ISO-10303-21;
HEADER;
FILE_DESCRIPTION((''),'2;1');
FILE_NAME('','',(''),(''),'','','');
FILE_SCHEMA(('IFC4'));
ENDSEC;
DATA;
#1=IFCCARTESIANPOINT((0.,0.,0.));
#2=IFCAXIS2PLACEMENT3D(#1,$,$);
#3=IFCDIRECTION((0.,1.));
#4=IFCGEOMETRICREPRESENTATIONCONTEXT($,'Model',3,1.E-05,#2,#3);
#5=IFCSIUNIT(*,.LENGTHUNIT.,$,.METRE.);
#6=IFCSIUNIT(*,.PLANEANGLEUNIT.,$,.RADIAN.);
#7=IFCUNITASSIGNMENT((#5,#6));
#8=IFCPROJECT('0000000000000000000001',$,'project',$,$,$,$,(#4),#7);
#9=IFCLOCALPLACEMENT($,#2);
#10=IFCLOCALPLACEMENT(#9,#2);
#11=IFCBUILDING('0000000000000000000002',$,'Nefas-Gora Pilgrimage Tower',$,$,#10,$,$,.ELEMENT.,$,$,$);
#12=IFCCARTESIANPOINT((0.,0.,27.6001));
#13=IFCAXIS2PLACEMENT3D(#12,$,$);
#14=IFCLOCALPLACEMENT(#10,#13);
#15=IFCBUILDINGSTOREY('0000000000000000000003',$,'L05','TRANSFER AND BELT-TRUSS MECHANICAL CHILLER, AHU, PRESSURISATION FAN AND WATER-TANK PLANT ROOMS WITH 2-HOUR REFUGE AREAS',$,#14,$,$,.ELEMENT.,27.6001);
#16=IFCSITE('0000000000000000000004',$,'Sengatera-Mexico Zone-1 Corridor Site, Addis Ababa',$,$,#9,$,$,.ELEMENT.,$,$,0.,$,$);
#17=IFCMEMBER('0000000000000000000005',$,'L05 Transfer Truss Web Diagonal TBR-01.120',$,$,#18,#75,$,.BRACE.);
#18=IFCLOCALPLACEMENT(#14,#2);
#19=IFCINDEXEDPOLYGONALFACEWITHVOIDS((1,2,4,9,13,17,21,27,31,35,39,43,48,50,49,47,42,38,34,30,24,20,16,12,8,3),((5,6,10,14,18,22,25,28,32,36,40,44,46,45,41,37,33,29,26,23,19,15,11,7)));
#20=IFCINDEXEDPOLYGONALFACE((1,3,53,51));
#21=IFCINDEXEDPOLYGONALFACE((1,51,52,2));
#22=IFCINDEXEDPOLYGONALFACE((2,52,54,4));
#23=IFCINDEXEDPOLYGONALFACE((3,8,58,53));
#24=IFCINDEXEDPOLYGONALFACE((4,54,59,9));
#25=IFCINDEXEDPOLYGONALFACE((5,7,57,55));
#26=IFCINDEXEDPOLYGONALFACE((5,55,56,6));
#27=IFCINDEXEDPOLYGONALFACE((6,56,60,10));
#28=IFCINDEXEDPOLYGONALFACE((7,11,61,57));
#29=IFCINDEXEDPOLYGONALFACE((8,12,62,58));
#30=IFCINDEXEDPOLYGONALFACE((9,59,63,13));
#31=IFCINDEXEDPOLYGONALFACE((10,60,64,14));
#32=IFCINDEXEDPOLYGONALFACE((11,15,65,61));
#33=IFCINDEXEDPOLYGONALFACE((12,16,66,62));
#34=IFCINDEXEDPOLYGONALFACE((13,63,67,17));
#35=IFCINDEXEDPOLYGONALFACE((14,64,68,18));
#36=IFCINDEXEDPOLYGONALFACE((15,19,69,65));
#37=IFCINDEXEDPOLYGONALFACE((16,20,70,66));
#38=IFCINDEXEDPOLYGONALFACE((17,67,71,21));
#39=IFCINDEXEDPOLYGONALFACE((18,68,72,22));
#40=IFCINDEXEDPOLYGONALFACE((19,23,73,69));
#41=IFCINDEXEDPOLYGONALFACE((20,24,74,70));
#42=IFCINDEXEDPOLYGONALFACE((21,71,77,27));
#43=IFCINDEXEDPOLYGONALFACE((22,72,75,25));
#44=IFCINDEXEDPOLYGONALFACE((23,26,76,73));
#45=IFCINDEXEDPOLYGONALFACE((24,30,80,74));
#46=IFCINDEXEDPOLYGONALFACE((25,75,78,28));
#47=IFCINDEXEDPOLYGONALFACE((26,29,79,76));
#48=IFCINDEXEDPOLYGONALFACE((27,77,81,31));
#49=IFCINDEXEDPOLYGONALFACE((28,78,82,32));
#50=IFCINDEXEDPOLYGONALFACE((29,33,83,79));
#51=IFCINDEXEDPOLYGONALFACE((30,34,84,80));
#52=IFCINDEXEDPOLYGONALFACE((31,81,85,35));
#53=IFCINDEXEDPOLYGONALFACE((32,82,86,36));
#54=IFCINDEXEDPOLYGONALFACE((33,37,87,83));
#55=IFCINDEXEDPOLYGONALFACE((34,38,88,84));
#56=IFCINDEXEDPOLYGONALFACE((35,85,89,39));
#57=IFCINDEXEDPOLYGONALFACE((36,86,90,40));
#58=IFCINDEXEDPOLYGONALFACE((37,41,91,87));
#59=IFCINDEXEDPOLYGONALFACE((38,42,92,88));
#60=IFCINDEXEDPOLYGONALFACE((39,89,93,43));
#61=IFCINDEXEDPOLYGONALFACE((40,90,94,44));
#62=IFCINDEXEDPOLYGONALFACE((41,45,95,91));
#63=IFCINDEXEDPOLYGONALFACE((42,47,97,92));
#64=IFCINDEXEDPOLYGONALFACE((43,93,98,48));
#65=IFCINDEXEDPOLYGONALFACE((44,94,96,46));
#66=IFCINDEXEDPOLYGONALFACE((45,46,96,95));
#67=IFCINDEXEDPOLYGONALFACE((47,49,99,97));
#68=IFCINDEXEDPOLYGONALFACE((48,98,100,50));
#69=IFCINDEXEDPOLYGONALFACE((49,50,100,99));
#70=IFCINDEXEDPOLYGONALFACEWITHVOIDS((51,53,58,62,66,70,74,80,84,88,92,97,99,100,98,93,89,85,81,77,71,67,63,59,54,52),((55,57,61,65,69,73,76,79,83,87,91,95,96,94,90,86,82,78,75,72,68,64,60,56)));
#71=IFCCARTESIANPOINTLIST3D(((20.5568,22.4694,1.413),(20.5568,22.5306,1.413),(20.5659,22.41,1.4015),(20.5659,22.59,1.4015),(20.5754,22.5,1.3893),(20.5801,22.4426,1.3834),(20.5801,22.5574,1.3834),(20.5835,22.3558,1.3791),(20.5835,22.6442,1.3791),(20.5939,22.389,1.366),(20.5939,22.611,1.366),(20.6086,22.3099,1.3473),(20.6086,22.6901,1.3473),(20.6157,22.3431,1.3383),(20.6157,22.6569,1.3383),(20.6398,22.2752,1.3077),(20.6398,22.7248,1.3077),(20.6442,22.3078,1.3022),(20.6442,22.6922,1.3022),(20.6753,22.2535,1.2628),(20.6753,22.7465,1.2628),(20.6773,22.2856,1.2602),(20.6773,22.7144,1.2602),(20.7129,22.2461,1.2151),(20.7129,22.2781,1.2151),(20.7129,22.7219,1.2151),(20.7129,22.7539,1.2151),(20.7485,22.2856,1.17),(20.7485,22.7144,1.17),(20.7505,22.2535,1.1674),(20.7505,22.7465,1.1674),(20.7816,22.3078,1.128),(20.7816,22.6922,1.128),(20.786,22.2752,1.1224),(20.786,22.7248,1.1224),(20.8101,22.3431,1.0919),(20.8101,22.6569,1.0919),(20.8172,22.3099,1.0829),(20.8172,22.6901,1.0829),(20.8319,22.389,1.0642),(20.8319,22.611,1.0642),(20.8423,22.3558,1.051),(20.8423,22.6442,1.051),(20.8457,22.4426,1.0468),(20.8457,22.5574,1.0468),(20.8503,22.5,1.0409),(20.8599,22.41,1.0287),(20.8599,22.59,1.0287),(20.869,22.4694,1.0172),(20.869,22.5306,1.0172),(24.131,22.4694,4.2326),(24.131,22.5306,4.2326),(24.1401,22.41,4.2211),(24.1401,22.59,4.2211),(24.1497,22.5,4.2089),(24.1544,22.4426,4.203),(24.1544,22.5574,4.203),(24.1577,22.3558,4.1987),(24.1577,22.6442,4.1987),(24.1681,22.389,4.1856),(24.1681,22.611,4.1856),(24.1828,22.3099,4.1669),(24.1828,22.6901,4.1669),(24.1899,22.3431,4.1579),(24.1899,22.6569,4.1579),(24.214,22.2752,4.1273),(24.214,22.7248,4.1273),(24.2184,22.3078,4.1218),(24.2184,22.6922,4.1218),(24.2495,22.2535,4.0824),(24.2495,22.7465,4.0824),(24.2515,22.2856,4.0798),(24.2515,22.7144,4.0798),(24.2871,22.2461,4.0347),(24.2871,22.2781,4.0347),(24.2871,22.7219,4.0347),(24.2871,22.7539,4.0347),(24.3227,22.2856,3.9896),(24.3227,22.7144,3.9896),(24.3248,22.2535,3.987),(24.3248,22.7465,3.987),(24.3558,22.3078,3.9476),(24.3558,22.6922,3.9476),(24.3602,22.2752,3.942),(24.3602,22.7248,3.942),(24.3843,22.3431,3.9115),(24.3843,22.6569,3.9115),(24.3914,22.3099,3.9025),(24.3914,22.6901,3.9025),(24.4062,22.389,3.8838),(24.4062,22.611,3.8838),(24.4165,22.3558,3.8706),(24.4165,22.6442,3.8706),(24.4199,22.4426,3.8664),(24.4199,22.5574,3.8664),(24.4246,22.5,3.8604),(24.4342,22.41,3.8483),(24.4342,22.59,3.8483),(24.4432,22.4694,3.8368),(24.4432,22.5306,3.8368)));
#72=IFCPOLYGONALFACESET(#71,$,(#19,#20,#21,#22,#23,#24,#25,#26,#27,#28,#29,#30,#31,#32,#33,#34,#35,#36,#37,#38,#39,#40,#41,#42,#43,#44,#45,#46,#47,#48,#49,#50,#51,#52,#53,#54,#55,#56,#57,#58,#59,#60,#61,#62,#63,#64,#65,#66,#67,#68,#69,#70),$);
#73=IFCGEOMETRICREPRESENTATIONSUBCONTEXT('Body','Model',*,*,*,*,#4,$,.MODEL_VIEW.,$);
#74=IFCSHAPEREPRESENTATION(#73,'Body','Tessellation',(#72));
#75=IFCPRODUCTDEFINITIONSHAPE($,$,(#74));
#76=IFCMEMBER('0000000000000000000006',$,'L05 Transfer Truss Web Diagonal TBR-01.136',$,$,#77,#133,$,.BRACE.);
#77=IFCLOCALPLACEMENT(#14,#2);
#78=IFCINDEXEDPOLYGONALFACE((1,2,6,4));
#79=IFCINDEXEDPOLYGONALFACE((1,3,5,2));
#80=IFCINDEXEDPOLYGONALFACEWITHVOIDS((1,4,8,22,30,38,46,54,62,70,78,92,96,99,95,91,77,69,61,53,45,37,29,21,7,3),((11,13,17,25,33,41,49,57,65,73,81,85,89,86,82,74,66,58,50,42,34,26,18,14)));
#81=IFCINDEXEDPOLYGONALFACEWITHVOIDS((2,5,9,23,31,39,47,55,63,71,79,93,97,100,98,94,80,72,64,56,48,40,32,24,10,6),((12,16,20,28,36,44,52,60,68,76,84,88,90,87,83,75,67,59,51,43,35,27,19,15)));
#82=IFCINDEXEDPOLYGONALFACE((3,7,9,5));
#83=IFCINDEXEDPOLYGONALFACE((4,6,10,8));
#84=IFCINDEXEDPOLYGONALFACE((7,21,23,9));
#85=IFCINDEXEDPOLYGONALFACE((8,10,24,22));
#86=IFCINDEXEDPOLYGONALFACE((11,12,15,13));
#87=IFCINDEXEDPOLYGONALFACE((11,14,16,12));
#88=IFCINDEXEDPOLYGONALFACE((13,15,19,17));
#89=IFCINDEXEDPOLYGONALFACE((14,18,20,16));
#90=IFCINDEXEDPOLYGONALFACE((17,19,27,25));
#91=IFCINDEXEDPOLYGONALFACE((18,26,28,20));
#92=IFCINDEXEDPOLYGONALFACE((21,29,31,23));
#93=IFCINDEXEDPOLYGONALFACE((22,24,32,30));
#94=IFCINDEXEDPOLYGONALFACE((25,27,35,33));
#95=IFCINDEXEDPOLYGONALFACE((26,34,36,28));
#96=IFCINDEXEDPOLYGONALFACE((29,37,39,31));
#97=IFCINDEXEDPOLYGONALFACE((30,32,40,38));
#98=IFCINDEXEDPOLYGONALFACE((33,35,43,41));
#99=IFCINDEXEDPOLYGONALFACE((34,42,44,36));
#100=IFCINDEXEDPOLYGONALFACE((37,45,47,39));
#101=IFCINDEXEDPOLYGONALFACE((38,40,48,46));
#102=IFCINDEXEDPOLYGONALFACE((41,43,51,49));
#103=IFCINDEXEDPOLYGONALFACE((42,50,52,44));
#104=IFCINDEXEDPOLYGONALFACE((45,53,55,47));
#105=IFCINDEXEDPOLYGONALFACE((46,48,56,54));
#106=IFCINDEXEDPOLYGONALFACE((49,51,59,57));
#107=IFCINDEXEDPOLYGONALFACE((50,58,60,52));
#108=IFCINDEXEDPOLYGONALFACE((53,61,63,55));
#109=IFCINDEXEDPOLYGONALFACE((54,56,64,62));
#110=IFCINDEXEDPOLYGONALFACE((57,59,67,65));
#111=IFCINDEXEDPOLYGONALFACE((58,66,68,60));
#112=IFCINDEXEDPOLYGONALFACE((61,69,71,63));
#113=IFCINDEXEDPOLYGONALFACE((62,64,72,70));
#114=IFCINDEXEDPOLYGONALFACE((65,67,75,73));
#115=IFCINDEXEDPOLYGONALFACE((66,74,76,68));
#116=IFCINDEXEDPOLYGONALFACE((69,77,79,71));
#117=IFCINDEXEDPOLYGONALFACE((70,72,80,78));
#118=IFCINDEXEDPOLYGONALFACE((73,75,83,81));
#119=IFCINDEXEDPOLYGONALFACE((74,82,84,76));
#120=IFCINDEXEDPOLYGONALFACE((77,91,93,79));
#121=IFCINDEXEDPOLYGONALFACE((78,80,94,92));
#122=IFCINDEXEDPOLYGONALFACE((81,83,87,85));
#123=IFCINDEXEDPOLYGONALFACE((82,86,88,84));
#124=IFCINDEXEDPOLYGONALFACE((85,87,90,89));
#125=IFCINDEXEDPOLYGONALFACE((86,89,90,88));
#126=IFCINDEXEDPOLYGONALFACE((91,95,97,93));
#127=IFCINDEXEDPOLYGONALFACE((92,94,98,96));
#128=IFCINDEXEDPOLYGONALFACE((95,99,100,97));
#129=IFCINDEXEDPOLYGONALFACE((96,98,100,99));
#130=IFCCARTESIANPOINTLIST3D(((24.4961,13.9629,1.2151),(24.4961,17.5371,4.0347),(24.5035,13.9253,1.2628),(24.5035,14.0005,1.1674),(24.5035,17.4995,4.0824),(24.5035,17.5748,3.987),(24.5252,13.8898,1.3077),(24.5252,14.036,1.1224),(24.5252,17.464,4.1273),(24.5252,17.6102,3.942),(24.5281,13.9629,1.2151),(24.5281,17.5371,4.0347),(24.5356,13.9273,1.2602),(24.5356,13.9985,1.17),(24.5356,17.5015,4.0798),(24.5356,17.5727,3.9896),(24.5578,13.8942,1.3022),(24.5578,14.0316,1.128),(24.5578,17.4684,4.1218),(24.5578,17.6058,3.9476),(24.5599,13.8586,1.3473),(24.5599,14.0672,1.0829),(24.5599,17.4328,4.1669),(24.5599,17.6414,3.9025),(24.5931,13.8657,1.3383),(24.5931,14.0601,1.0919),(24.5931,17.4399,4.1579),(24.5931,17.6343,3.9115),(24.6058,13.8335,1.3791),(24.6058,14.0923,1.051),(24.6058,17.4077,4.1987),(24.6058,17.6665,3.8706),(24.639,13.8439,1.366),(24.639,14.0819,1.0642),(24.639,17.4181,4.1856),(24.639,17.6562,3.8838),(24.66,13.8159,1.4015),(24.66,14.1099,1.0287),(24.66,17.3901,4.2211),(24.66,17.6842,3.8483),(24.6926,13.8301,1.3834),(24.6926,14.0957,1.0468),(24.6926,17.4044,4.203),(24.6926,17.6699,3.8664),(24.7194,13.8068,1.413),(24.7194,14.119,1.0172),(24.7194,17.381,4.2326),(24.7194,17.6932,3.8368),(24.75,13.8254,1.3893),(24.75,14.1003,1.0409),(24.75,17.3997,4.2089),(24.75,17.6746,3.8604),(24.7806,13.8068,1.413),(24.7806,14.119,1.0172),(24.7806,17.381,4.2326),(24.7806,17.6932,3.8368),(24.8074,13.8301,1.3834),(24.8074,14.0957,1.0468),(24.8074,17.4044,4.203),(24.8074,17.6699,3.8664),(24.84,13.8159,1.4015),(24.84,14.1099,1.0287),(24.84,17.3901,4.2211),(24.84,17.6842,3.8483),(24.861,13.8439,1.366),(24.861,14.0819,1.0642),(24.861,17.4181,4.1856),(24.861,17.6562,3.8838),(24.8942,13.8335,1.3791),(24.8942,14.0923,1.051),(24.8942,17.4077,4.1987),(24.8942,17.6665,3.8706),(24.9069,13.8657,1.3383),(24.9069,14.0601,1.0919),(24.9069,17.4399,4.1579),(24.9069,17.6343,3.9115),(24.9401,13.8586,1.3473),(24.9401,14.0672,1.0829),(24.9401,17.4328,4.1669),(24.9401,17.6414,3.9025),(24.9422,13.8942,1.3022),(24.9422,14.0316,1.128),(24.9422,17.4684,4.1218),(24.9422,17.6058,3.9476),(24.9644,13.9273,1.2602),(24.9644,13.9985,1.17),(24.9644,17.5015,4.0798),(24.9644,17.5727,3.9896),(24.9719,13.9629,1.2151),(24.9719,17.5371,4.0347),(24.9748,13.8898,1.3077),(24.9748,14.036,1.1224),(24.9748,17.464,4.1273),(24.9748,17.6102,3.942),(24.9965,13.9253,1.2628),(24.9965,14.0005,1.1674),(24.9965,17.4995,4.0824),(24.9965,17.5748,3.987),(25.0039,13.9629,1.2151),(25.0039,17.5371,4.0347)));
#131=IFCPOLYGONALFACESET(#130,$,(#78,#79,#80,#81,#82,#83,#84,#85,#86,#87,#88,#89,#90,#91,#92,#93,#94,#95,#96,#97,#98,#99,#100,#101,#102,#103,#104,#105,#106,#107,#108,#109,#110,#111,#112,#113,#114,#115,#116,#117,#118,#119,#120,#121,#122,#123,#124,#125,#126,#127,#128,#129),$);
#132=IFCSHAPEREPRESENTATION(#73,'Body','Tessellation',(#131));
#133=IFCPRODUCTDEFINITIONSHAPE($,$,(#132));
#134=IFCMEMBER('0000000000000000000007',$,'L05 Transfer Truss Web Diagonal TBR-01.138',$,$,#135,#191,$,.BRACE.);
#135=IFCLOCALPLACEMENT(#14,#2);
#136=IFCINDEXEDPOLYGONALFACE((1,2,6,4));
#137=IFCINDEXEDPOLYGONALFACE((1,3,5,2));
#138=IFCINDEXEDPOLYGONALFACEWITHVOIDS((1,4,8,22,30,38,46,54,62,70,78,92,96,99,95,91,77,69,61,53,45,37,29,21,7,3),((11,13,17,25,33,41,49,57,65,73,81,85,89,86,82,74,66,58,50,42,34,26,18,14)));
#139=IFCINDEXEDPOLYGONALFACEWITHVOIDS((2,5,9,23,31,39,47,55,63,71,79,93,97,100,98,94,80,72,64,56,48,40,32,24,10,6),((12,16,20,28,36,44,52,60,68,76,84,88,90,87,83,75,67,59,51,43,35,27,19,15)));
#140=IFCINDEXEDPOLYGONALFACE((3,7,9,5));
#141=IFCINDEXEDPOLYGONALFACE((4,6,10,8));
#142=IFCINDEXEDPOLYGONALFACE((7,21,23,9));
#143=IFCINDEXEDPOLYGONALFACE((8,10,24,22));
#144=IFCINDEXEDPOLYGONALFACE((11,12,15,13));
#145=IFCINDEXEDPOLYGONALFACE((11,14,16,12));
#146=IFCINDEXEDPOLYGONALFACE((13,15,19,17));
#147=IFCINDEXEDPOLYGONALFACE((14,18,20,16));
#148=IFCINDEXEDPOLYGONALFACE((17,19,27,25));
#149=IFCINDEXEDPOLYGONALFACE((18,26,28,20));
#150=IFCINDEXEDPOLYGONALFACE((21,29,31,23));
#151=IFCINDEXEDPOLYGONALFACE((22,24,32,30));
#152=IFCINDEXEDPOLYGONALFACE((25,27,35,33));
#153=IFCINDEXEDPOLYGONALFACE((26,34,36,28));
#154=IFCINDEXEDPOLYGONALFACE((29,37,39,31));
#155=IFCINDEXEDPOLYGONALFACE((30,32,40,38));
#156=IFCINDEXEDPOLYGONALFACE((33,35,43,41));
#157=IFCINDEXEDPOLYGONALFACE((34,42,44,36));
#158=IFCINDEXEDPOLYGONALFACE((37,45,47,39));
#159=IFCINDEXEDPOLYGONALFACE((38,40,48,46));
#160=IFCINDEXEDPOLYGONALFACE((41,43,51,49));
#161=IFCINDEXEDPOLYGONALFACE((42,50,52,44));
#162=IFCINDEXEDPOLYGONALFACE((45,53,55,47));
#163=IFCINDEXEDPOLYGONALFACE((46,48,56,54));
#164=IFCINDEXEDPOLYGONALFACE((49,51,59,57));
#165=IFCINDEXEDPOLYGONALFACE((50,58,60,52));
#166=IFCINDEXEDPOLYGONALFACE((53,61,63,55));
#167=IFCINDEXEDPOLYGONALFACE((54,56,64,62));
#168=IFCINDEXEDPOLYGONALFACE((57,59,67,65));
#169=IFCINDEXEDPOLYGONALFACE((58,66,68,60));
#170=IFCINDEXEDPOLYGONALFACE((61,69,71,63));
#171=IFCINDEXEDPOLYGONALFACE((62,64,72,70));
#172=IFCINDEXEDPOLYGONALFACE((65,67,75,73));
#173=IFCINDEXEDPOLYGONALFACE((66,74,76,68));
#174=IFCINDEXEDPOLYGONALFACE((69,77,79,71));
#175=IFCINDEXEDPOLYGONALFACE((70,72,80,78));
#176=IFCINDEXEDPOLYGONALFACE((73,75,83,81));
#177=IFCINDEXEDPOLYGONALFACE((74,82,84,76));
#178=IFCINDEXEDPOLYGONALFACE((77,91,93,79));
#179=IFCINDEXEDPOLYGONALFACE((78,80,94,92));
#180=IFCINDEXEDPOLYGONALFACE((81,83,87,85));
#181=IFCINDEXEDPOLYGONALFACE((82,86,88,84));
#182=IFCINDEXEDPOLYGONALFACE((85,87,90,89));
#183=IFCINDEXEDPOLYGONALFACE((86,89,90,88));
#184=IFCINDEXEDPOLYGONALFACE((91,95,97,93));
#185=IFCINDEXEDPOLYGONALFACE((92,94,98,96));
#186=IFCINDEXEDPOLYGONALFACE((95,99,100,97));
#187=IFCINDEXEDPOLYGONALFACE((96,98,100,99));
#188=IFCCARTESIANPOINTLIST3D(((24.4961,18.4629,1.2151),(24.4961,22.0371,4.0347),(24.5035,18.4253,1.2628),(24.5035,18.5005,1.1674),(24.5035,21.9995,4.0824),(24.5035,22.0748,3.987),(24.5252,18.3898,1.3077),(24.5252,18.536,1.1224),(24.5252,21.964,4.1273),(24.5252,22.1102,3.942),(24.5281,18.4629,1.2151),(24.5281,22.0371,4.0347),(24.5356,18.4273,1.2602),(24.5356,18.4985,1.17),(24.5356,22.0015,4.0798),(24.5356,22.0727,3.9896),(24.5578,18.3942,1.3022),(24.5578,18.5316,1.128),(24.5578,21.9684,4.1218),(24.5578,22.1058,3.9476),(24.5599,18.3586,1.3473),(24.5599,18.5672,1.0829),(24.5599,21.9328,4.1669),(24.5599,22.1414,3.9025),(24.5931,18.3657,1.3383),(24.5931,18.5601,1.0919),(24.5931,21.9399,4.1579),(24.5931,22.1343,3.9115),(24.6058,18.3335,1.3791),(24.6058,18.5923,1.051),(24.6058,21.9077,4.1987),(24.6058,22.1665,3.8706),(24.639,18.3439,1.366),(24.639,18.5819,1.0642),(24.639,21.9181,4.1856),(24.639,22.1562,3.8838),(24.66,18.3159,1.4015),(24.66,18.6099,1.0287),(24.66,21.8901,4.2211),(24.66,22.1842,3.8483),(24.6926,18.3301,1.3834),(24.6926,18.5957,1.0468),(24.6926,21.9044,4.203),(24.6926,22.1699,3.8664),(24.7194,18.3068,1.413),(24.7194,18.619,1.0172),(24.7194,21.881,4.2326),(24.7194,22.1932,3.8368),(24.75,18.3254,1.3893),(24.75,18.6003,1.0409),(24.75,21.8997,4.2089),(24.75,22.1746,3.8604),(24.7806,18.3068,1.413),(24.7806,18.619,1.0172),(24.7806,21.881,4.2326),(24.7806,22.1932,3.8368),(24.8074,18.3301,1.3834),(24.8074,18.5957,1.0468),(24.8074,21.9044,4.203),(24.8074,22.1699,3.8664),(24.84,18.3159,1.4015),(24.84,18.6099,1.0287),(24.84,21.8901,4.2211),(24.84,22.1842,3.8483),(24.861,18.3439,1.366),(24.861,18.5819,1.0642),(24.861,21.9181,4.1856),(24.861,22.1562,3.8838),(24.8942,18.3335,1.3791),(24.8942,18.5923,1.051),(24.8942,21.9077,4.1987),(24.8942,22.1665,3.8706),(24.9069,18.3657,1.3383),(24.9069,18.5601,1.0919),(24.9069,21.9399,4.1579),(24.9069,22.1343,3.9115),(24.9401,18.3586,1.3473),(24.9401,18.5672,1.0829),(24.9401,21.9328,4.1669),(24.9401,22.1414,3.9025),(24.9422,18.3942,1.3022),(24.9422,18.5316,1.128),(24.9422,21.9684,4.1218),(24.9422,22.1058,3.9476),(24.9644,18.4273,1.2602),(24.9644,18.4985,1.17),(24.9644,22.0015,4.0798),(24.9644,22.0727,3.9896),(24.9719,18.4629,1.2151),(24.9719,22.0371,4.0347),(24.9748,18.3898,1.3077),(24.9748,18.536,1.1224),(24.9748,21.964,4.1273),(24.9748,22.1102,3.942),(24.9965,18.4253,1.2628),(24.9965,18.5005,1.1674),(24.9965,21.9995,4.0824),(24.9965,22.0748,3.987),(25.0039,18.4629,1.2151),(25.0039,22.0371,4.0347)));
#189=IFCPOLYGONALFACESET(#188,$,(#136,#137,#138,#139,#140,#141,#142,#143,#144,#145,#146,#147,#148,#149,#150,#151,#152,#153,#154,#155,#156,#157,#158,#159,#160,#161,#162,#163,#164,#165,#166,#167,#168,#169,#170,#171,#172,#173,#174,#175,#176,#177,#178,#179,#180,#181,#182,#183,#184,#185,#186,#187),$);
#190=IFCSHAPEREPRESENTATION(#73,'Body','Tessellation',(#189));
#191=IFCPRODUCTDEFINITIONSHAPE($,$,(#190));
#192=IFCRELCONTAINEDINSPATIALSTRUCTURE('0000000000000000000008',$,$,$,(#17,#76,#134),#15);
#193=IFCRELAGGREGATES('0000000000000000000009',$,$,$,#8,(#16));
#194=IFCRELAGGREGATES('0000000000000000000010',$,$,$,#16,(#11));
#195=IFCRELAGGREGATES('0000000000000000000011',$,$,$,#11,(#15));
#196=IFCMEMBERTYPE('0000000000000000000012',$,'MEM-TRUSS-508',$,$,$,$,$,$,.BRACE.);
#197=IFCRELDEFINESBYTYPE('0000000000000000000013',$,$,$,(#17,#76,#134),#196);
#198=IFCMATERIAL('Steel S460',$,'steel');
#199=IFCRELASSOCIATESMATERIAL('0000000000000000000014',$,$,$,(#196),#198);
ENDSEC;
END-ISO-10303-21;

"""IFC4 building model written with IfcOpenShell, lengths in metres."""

from ifc_helpers import new_model, si_unit, direction, frame, origin, origin_2d, place, context, subcontext, project, spatial, hollow_circle, extrude, source, transform, mapped, material, material_profile, profile_set, type_object, element, save


model = new_model("IFC4")

# Units and contexts
model_context = context("Model", 3, precision=1e-05, world=origin(), true_north=direction((0.0, 1.0)))
body_context = subcontext(model_context, "Body", "Model", "MODEL_VIEW")
ifc_project = project(units=[si_unit("LENGTHUNIT", "METRE"), si_unit("PLANEANGLEUNIT", "RADIAN")], contexts=[model_context])

# Site, building, storey
site_placement = place(None, origin())
site = spatial("IfcSite", under=ifc_project, at=site_placement, Name="Sengatera-Mexico Zone-1 Corridor Site, Addis Ababa", CompositionType="ELEMENT", RefElevation=0.0)
building_placement = place(site_placement, origin())
building = spatial("IfcBuilding", under=site, at=building_placement, Name="Nefas-Gora Pilgrimage Tower", CompositionType="ELEMENT")
storey_placement = place(building_placement, frame((0.0, 0.0, 27.6001)))
storey = spatial("IfcBuildingStorey", under=building, at=storey_placement, Name="L05", Description="TRANSFER AND BELT-TRUSS MECHANICAL CHILLER, AHU, PRESSURISATION FAN AND WATER-TANK PLANT ROOMS WITH 2-HOUR REFUGE AREAS", CompositionType="ELEMENT", Elevation=27.6001)

# Shared definitions
ifc_material = material(Name="Steel S460", Category="steel")

# Members
ifc_material_profile_1 = material_profile(ifc_material, hollow_circle(Radius=0.2539, WallThickness=0.032, at=origin_2d()), Name="CHS 508x32")
ifc_profile_set_1 = profile_set([ifc_material_profile_1], Name="Steel S460")
member_type = type_object("IfcMemberType", Name="MEM-TRUSS-508", PredefinedType="BRACE", material=ifc_profile_set_1)
shared_shape_1 = source(origin(), body_context, "Body", "SweptSolid", [
    extrude(hollow_circle(Radius=0.2539, WallThickness=0.032, at=origin_2d()), origin(), (0.0, 0.0, 1.0), 4.5525),
])
for number, where, z_axis, x_axis, name in (
    (1, (20.7129, 22.5, 1.2151), (0.785115, 0.0, 0.61935), (0.0, 1.0, 0.0), "L05 Transfer Truss Web Diagonal TBR-01.120"),
    (2, (24.75, 13.9629, 1.2151), (0.0, 0.785115, 0.61935), (-1.0, 0.0, 0.0), "L05 Transfer Truss Web Diagonal TBR-01.136"),
    (3, (24.75, 18.4629, 1.2151), (0.0, 0.785115, 0.61935), (-1.0, 0.0, 0.0), "L05 Transfer Truss Web Diagonal TBR-01.138"),
):
    element("IfcMember", number, at=place(storey_placement, frame(where, z_axis=z_axis, x_axis=x_axis)), inside=storey, type_object=member_type, Name=name, PredefinedType="BRACE", context=body_context, shape_type="MappedRepresentation", body=[
        mapped(shared_shape_1, transform((0.0, 0.0, 0.0), x_axis=(1.0, 0.0, 0.0), y_axis=(0.0, 1.0, 0.0), z_axis=(0.0, 0.0, 1.0), scale=1.0)),
    ])

save(model, "model.ifc")
